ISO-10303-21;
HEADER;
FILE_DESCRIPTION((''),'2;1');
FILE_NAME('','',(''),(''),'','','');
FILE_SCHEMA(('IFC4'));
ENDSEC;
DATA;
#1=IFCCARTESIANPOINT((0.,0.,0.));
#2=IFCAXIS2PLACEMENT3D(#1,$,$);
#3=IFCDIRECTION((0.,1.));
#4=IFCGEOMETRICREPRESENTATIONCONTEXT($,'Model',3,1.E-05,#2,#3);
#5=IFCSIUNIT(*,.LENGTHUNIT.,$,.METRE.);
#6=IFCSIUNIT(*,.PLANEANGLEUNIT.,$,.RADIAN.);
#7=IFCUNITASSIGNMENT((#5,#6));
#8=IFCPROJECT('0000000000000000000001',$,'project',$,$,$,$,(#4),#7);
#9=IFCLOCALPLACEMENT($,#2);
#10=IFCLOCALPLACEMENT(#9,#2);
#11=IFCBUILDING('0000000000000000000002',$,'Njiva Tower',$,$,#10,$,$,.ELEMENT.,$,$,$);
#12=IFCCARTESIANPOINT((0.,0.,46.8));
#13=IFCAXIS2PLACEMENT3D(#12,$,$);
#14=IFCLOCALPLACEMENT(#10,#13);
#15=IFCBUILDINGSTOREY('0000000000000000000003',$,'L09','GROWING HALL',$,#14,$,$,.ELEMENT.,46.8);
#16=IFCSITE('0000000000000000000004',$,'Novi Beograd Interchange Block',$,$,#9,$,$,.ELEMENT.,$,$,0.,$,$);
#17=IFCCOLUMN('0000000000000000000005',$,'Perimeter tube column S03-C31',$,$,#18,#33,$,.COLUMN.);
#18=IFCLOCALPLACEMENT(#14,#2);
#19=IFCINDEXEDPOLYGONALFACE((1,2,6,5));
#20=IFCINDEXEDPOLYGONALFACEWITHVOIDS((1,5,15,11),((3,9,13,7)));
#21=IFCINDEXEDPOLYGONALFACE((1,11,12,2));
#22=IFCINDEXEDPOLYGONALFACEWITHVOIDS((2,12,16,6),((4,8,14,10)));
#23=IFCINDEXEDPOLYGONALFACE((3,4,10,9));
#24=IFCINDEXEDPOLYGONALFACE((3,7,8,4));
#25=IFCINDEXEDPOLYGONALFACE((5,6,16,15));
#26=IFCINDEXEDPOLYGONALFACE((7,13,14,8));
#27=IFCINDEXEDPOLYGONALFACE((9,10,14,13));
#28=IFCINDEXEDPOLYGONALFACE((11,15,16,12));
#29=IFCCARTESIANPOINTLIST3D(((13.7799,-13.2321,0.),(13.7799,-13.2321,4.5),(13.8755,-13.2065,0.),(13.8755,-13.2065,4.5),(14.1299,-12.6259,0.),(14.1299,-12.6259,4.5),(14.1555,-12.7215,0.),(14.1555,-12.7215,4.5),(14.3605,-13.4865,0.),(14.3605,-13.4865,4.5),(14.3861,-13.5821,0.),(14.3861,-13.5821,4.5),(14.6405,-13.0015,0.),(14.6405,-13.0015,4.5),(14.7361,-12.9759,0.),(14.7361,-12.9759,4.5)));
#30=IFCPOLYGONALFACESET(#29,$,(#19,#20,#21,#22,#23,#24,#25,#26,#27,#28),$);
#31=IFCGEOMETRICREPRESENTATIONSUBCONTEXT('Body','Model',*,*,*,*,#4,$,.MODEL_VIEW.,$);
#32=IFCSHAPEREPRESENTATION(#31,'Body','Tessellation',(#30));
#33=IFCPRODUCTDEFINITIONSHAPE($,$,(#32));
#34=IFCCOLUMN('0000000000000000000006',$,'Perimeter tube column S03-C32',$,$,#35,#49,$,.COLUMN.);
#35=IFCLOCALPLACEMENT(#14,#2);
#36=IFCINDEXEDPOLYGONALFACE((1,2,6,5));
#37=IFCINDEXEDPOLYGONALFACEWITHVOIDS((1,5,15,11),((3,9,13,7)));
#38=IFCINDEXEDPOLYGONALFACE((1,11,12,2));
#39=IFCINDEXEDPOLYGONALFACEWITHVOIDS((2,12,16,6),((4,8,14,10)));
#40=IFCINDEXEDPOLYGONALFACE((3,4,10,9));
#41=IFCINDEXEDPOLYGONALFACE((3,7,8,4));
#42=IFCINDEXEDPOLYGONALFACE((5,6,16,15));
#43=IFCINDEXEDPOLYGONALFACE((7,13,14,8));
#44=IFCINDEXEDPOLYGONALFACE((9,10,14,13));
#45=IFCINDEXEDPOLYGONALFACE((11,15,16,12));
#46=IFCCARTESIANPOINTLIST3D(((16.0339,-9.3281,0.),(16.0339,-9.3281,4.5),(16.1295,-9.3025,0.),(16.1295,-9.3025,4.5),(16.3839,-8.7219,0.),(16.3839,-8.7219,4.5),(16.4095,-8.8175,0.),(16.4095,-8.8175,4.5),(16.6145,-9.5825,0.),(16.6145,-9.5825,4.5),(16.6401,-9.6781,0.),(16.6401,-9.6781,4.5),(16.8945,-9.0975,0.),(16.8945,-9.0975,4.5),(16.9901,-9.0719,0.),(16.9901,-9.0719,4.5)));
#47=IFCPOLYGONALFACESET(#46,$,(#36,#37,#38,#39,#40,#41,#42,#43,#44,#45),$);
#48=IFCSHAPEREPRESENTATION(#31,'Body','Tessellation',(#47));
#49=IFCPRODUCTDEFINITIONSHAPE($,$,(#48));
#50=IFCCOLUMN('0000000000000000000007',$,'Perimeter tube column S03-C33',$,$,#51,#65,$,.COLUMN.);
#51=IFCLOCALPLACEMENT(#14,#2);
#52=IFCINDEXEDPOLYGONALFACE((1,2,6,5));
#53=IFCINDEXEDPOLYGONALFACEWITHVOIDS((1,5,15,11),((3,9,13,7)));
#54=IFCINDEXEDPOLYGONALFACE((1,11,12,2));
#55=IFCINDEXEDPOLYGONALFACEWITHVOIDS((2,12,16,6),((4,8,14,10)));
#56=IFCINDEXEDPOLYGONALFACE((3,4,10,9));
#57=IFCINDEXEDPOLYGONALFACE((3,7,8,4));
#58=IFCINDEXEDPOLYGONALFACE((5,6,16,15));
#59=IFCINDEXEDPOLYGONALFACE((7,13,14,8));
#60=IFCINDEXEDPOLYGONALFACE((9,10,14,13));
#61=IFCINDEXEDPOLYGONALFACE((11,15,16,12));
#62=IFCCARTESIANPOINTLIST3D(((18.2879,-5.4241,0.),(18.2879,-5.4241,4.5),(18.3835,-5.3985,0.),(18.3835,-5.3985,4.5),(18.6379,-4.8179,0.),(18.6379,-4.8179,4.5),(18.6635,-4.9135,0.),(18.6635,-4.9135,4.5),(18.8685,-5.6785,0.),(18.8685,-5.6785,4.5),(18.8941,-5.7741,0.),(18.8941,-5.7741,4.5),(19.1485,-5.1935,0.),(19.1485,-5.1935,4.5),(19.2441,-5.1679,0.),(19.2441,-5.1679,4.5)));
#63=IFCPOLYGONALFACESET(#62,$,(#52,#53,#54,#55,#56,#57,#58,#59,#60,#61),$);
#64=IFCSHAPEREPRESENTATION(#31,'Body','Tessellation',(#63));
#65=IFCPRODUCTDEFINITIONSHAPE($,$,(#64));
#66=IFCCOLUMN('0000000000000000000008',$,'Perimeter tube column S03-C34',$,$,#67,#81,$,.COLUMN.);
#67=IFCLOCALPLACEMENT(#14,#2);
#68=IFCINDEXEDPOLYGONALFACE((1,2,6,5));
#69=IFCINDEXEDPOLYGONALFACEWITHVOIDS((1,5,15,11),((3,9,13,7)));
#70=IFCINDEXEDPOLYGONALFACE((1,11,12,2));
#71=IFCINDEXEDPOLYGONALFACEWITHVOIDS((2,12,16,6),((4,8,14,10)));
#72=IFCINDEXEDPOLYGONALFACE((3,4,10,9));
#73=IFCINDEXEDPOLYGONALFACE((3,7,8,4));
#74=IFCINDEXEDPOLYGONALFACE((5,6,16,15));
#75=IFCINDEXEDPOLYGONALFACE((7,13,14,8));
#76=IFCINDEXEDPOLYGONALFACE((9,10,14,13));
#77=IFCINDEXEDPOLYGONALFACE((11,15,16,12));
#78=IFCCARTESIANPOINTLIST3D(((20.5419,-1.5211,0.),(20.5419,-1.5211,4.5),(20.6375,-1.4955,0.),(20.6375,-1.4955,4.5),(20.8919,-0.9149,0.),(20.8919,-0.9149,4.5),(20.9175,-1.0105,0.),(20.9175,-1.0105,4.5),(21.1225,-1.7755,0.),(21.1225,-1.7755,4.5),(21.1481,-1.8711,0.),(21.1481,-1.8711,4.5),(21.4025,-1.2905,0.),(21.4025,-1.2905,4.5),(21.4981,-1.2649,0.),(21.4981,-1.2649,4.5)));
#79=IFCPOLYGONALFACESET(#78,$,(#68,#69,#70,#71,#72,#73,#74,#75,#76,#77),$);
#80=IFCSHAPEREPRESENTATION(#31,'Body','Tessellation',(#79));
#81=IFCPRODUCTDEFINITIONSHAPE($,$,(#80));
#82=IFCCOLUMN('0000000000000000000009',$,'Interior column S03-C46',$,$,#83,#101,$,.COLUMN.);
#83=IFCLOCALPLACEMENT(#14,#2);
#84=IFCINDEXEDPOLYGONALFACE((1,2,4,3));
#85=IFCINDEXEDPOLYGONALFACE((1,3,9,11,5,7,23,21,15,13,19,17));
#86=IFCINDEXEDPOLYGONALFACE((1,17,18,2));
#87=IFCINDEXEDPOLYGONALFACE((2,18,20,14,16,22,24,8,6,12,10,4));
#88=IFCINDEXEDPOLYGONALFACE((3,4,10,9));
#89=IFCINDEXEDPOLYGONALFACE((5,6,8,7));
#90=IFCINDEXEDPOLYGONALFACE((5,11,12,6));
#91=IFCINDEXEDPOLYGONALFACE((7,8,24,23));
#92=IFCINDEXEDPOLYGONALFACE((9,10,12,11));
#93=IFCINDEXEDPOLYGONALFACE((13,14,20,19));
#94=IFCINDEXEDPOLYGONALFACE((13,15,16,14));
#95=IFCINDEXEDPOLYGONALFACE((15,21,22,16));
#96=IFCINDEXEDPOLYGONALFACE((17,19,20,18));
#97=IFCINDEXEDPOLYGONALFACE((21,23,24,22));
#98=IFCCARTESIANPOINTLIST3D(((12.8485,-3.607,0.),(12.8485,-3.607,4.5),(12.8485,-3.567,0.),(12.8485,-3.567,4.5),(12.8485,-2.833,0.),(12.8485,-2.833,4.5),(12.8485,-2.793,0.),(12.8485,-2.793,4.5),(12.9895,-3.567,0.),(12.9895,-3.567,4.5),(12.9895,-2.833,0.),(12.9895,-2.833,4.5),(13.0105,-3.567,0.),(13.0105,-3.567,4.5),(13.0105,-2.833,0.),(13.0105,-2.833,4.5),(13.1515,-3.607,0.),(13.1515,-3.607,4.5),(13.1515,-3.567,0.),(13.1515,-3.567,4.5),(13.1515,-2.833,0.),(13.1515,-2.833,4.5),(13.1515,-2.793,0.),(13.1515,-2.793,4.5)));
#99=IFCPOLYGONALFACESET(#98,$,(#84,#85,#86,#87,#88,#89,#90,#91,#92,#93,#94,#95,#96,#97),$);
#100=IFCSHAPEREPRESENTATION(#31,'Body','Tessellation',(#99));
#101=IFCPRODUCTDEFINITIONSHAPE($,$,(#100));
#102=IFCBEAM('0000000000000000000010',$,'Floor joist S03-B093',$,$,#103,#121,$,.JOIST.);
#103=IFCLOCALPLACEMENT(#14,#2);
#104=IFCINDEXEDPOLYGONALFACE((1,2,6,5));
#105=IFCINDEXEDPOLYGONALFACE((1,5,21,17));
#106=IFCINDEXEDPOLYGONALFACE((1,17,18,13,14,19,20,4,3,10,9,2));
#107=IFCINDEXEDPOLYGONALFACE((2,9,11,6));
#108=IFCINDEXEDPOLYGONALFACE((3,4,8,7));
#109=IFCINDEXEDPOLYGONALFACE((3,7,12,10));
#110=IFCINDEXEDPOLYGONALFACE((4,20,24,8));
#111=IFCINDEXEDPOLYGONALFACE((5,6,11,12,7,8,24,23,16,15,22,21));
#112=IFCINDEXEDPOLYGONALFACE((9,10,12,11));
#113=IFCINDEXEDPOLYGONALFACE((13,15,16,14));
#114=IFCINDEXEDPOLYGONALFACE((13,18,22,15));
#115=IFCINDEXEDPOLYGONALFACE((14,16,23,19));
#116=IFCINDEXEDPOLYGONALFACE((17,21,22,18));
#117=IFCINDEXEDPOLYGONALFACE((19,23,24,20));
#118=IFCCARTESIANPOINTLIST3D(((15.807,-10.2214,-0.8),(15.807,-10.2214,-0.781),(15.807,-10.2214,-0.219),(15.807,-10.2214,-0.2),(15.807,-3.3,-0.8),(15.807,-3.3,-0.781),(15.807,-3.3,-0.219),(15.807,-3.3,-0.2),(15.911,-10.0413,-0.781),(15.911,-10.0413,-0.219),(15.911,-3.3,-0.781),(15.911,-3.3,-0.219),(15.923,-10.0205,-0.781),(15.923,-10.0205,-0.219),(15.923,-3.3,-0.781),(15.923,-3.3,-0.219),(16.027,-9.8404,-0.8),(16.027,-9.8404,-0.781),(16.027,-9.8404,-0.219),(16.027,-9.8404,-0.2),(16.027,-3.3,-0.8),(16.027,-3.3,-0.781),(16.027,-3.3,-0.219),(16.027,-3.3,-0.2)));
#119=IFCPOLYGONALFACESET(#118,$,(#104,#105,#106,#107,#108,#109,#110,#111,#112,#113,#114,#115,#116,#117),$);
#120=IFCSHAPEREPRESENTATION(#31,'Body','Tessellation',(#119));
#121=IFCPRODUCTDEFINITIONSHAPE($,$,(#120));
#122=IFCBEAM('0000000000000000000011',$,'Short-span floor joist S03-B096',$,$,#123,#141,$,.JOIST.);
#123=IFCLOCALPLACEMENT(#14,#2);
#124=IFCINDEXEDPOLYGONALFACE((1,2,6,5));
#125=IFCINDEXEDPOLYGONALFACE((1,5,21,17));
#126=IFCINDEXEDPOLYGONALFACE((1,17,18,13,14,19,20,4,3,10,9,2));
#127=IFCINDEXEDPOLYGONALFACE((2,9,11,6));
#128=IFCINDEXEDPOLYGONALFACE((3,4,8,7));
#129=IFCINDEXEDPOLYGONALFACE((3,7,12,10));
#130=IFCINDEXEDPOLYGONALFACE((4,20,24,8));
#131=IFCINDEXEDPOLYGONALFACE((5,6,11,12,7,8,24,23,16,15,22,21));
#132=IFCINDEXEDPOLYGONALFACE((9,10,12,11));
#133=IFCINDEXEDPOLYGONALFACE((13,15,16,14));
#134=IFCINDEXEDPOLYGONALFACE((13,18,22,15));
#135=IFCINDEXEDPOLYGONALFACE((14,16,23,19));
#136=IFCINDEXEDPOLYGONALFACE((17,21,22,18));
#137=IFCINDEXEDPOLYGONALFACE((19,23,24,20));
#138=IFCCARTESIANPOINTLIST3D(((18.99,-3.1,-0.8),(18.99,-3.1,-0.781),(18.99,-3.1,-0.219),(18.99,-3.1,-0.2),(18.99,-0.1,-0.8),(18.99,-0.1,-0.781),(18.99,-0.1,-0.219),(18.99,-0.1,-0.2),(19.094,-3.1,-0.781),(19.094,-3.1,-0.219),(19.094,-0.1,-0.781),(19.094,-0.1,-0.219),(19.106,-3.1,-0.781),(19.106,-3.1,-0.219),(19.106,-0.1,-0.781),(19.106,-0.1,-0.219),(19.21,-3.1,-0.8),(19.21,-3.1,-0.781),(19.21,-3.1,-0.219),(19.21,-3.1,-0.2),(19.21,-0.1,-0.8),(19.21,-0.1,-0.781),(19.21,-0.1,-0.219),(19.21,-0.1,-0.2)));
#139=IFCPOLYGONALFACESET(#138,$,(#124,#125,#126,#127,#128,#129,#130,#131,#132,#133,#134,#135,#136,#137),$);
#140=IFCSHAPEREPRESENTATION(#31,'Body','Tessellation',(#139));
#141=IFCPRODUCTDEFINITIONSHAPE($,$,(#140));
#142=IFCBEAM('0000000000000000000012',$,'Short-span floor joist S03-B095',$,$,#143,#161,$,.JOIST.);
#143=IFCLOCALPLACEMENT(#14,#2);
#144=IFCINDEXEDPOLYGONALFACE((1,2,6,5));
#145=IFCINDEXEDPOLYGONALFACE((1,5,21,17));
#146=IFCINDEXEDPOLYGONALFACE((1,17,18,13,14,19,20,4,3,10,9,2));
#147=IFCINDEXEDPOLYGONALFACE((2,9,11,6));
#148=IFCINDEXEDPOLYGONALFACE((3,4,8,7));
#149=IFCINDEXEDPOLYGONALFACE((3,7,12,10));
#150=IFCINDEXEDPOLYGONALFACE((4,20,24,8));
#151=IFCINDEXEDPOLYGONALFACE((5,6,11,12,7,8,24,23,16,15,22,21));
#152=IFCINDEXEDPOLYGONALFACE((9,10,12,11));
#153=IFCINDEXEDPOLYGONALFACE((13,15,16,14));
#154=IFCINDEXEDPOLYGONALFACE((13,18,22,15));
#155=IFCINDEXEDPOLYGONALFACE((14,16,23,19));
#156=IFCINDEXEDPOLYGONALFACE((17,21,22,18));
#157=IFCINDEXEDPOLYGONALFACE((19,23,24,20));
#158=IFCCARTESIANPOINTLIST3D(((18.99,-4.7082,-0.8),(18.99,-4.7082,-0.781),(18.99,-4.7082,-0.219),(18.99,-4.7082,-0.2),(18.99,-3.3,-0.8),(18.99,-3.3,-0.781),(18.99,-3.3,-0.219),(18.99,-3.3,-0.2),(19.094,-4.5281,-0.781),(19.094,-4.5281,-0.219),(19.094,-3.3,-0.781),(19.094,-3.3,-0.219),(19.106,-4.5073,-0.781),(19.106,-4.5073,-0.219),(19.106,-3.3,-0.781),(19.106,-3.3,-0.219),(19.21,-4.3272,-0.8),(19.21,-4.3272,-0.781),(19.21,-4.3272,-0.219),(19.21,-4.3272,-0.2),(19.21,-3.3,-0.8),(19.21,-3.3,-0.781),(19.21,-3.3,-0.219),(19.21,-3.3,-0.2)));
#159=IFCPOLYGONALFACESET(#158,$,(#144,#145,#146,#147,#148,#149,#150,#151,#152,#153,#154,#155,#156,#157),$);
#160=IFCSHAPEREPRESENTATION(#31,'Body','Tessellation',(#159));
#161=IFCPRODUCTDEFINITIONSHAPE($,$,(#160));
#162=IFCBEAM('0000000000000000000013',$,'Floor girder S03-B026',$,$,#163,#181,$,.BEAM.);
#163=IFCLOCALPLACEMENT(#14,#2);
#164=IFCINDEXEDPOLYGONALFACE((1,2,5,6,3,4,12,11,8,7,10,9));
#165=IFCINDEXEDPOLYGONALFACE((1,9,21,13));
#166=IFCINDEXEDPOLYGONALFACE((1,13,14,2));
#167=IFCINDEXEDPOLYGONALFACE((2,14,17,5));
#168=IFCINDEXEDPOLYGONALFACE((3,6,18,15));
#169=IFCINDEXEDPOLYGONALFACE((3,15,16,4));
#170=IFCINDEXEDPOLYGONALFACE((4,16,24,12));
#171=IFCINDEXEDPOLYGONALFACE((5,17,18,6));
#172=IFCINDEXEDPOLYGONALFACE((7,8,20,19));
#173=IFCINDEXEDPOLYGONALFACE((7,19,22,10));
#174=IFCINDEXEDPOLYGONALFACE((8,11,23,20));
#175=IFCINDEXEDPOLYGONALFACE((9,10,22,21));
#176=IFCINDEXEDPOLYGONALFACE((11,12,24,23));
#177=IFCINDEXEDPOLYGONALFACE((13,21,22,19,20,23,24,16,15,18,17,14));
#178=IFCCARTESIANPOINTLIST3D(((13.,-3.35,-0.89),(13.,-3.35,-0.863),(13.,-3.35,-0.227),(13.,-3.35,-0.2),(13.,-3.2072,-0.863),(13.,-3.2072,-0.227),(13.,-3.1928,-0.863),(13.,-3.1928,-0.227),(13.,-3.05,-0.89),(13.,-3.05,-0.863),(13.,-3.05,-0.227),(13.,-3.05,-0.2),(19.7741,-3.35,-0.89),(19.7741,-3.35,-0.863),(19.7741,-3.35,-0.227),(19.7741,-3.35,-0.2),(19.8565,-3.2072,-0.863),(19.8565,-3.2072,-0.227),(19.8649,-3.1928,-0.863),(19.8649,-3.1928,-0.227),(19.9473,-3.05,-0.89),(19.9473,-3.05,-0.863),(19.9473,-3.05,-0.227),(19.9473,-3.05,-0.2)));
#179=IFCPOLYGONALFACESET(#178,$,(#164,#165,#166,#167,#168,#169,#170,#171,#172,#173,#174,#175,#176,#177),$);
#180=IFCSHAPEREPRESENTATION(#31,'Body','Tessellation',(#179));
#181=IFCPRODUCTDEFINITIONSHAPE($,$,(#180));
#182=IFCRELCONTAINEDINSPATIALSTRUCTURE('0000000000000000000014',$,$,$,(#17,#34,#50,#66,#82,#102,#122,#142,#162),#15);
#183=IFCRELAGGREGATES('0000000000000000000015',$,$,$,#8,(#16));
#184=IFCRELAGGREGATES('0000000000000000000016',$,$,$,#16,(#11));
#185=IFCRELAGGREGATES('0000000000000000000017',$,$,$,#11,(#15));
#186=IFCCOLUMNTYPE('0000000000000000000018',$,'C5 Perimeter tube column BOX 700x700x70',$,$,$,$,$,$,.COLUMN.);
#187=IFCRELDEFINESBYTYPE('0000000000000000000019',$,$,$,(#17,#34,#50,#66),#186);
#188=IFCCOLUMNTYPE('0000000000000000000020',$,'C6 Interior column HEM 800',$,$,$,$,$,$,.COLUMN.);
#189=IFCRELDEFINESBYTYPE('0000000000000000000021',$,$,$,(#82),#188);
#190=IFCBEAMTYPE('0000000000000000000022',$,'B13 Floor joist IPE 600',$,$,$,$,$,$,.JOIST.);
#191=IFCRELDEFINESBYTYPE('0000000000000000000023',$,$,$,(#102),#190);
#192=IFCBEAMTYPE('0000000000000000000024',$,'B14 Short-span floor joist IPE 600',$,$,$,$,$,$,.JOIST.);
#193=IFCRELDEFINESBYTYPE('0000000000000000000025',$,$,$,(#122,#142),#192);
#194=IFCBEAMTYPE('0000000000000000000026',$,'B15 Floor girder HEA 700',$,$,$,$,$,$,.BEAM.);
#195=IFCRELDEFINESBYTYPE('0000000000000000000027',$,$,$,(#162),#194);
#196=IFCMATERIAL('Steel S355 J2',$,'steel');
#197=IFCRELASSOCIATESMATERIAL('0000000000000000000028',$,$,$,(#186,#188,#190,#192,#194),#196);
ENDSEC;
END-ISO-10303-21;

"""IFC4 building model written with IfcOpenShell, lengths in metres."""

from ifc_helpers import new_model, si_unit, direction, frame, origin, origin_2d, place, context, subcontext, project, spatial, hollow_rectangle, i_section, extrude, clip, halfspace, material, material_profile, profile_set, type_object, element, save


model = new_model("IFC4")

# Units and contexts
model_context = context("Model", 3, precision=1e-05, world=origin(), true_north=direction((0.0, 1.0)))
body_context = subcontext(model_context, "Body", "Model", "MODEL_VIEW")
ifc_project = project(units=[si_unit("LENGTHUNIT", "METRE"), si_unit("PLANEANGLEUNIT", "RADIAN")], contexts=[model_context])

# Site, building, storey
site_placement = place(None, origin())
site = spatial("IfcSite", under=ifc_project, at=site_placement, Name="Novi Beograd Interchange Block", CompositionType="ELEMENT", RefElevation=0.0)
building_placement = place(site_placement, origin())
building = spatial("IfcBuilding", under=site, at=building_placement, Name="Njiva Tower", CompositionType="ELEMENT")
storey_placement = place(building_placement, frame((0.0, 0.0, 46.8)))
storey = spatial("IfcBuildingStorey", under=building, at=storey_placement, Name="L09", Description="GROWING HALL", CompositionType="ELEMENT", Elevation=46.8)

# Columns
ifc_material_1 = material(Name="Steel S355 J2", Category="steel")
ifc_material_profile_1 = material_profile(ifc_material_1, hollow_rectangle(XDim=0.7, YDim=0.7, WallThickness=0.07, at=origin_2d()), Name="BOX 700x700x70")
ifc_profile_set_1 = profile_set([ifc_material_profile_1], Name="Steel S355 J2")
column_type_1 = type_object("IfcColumnType", Name="C5 Perimeter tube column BOX 700x700x70", PredefinedType="COLUMN", material=ifc_profile_set_1)
for number, where, z_axis, x_axis, name in (
    (1, (14.258, -13.104, 0.0), (0.0, 0.0, 1.0), (0.5, 0.866025, 0.0), "Perimeter tube column S03-C31"),
    (2, (16.512, -9.2, 0.0), (0.0, 0.0, 1.0), (0.5, 0.866025, 0.0), "Perimeter tube column S03-C32"),
    (3, (18.766, -5.296, 0.0), (0.0, 0.0, 1.0), (0.5, 0.866025, 0.0), "Perimeter tube column S03-C33"),
    (4, (21.02, -1.393, 0.0), (0.0, 0.0, 1.0), (0.5, 0.866025, 0.0), "Perimeter tube column S03-C34"),
):
    element("IfcColumn", number, at=place(storey_placement, frame(where, z_axis=z_axis, x_axis=x_axis)), inside=storey, type_object=column_type_1, Name=name, PredefinedType="COLUMN", context=body_context, shape_type="SweptSolid", body=[
        extrude(hollow_rectangle(XDim=0.7, YDim=0.7, WallThickness=0.07, at=origin_2d()), origin(), (0.0, 0.0, 1.0), 4.5),
    ])
ifc_material_profile_2 = material_profile(ifc_material_1, i_section(OverallWidth=0.303, OverallDepth=0.814, WebThickness=0.021, FlangeThickness=0.04, at=origin_2d()), Name="HEM 800")
ifc_profile_set_2 = profile_set([ifc_material_profile_2], Name="Steel S355 J2")
column_type_2 = type_object("IfcColumnType", Name="C6 Interior column HEM 800", PredefinedType="COLUMN", material=ifc_profile_set_2)
column_placement = place(storey_placement, frame((13.0, -3.2, 0.0), z_axis=(0.0, 0.0, 1.0), x_axis=(1.0, 0.0, 0.0)))
element("IfcColumn", 5, at=column_placement, inside=storey, type_object=column_type_2, Name="Interior column S03-C46", PredefinedType="COLUMN", context=body_context, shape_type="SweptSolid", body=[
    extrude(i_section(OverallWidth=0.303, OverallDepth=0.814, WebThickness=0.021, FlangeThickness=0.04, at=origin_2d()), origin(), (0.0, 0.0, 1.0), 4.5),
])

# Beams
ifc_material_profile_3 = material_profile(ifc_material_1, i_section(OverallWidth=0.22, OverallDepth=0.6, WebThickness=0.012, FlangeThickness=0.019, at=origin_2d()), Name="IPE 600")
ifc_profile_set_3 = profile_set([ifc_material_profile_3], Name="Steel S355 J2")
beam_type_1 = type_object("IfcBeamType", Name="B13 Floor joist IPE 600", PredefinedType="JOIST", material=ifc_profile_set_3)
beam_1_placement = place(storey_placement, frame((15.917, -3.3, -0.5), z_axis=(0.0, -1.0, 0.0), x_axis=(1.0, 0.0, 0.0)))
element("IfcBeam", 6, at=beam_1_placement, inside=storey, type_object=beam_type_1, Name="Floor joist S03-B093", PredefinedType="JOIST", context=body_context, shape_type="Clipping", body=[
    clip(extrude(i_section(OverallWidth=0.22, OverallDepth=0.6, WebThickness=0.012, FlangeThickness=0.019, at=origin_2d()), origin(), (0.0, 0.0, 1.0), 6.942), halfspace(frame((0.043, 0.0, 6.6564), z_axis=(0.866027, 0.0, 0.499998), x_axis=(0.0, 1.0, 0.0)), False)),
])
ifc_material_profile_4 = material_profile(ifc_material_1, i_section(OverallWidth=0.22, OverallDepth=0.6, WebThickness=0.012, FlangeThickness=0.019, at=origin_2d()), Name="IPE 600")
ifc_profile_set_4 = profile_set([ifc_material_profile_4], Name="Steel S355 J2")
beam_type_2 = type_object("IfcBeamType", Name="B14 Short-span floor joist IPE 600", PredefinedType="JOIST", material=ifc_profile_set_4)
beam_2_placement = place(storey_placement, frame((19.1, -0.1, -0.5), z_axis=(0.0, -1.0, 0.0), x_axis=(1.0, 0.0, 0.0)))
element("IfcBeam", 7, at=beam_2_placement, inside=storey, type_object=beam_type_2, Name="Short-span floor joist S03-B096", PredefinedType="JOIST", context=body_context, shape_type="SweptSolid", body=[
    extrude(i_section(OverallWidth=0.22, OverallDepth=0.6, WebThickness=0.012, FlangeThickness=0.019, at=origin_2d()), origin(), (0.0, 0.0, 1.0), 3.0),
])
beam_3_placement = place(storey_placement, frame((19.1, -3.3, -0.5), z_axis=(0.0, -1.0, 0.0), x_axis=(1.0, 0.0, 0.0)))
element("IfcBeam", 8, at=beam_3_placement, inside=storey, type_object=beam_type_2, Name="Short-span floor joist S03-B095", PredefinedType="JOIST", context=body_context, shape_type="Clipping", body=[
    clip(extrude(i_section(OverallWidth=0.22, OverallDepth=0.6, WebThickness=0.012, FlangeThickness=0.019, at=origin_2d()), origin(), (0.0, 0.0, 1.0), 1.429), halfspace(frame((0.0433, 0.0, 1.1427), z_axis=(0.866027, 0.0, 0.499998), x_axis=(0.0, 1.0, 0.0)), False)),
])
ifc_material_profile_5 = material_profile(ifc_material_1, i_section(OverallWidth=0.3, OverallDepth=0.69, WebThickness=0.0145, FlangeThickness=0.027, at=origin_2d()), Name="HEA 700")
ifc_profile_set_5 = profile_set([ifc_material_profile_5], Name="Steel S355 J2")
beam_type_3 = type_object("IfcBeamType", Name="B15 Floor girder HEA 700", PredefinedType="BEAM", material=ifc_profile_set_5)
beam_4_placement = place(storey_placement, frame((13.0, -3.2, -0.545), z_axis=(1.0, 0.0, 0.0), x_axis=(0.0, 1.0, 0.0)))
element("IfcBeam", 9, at=beam_4_placement, inside=storey, type_object=beam_type_3, Name="Floor girder S03-B026", PredefinedType="BEAM", context=body_context, shape_type="Clipping", body=[
    clip(extrude(i_section(OverallWidth=0.3, OverallDepth=0.69, WebThickness=0.0145, FlangeThickness=0.027, at=origin_2d()), origin(), (0.0, 0.0, 1.0), 6.968), halfspace(frame((-0.025, 0.0, 6.8463), z_axis=(-0.499998, 0.0, 0.866027), x_axis=(0.0, 1.0, 0.0)), False)),
])

save(model, "model.ifc")
